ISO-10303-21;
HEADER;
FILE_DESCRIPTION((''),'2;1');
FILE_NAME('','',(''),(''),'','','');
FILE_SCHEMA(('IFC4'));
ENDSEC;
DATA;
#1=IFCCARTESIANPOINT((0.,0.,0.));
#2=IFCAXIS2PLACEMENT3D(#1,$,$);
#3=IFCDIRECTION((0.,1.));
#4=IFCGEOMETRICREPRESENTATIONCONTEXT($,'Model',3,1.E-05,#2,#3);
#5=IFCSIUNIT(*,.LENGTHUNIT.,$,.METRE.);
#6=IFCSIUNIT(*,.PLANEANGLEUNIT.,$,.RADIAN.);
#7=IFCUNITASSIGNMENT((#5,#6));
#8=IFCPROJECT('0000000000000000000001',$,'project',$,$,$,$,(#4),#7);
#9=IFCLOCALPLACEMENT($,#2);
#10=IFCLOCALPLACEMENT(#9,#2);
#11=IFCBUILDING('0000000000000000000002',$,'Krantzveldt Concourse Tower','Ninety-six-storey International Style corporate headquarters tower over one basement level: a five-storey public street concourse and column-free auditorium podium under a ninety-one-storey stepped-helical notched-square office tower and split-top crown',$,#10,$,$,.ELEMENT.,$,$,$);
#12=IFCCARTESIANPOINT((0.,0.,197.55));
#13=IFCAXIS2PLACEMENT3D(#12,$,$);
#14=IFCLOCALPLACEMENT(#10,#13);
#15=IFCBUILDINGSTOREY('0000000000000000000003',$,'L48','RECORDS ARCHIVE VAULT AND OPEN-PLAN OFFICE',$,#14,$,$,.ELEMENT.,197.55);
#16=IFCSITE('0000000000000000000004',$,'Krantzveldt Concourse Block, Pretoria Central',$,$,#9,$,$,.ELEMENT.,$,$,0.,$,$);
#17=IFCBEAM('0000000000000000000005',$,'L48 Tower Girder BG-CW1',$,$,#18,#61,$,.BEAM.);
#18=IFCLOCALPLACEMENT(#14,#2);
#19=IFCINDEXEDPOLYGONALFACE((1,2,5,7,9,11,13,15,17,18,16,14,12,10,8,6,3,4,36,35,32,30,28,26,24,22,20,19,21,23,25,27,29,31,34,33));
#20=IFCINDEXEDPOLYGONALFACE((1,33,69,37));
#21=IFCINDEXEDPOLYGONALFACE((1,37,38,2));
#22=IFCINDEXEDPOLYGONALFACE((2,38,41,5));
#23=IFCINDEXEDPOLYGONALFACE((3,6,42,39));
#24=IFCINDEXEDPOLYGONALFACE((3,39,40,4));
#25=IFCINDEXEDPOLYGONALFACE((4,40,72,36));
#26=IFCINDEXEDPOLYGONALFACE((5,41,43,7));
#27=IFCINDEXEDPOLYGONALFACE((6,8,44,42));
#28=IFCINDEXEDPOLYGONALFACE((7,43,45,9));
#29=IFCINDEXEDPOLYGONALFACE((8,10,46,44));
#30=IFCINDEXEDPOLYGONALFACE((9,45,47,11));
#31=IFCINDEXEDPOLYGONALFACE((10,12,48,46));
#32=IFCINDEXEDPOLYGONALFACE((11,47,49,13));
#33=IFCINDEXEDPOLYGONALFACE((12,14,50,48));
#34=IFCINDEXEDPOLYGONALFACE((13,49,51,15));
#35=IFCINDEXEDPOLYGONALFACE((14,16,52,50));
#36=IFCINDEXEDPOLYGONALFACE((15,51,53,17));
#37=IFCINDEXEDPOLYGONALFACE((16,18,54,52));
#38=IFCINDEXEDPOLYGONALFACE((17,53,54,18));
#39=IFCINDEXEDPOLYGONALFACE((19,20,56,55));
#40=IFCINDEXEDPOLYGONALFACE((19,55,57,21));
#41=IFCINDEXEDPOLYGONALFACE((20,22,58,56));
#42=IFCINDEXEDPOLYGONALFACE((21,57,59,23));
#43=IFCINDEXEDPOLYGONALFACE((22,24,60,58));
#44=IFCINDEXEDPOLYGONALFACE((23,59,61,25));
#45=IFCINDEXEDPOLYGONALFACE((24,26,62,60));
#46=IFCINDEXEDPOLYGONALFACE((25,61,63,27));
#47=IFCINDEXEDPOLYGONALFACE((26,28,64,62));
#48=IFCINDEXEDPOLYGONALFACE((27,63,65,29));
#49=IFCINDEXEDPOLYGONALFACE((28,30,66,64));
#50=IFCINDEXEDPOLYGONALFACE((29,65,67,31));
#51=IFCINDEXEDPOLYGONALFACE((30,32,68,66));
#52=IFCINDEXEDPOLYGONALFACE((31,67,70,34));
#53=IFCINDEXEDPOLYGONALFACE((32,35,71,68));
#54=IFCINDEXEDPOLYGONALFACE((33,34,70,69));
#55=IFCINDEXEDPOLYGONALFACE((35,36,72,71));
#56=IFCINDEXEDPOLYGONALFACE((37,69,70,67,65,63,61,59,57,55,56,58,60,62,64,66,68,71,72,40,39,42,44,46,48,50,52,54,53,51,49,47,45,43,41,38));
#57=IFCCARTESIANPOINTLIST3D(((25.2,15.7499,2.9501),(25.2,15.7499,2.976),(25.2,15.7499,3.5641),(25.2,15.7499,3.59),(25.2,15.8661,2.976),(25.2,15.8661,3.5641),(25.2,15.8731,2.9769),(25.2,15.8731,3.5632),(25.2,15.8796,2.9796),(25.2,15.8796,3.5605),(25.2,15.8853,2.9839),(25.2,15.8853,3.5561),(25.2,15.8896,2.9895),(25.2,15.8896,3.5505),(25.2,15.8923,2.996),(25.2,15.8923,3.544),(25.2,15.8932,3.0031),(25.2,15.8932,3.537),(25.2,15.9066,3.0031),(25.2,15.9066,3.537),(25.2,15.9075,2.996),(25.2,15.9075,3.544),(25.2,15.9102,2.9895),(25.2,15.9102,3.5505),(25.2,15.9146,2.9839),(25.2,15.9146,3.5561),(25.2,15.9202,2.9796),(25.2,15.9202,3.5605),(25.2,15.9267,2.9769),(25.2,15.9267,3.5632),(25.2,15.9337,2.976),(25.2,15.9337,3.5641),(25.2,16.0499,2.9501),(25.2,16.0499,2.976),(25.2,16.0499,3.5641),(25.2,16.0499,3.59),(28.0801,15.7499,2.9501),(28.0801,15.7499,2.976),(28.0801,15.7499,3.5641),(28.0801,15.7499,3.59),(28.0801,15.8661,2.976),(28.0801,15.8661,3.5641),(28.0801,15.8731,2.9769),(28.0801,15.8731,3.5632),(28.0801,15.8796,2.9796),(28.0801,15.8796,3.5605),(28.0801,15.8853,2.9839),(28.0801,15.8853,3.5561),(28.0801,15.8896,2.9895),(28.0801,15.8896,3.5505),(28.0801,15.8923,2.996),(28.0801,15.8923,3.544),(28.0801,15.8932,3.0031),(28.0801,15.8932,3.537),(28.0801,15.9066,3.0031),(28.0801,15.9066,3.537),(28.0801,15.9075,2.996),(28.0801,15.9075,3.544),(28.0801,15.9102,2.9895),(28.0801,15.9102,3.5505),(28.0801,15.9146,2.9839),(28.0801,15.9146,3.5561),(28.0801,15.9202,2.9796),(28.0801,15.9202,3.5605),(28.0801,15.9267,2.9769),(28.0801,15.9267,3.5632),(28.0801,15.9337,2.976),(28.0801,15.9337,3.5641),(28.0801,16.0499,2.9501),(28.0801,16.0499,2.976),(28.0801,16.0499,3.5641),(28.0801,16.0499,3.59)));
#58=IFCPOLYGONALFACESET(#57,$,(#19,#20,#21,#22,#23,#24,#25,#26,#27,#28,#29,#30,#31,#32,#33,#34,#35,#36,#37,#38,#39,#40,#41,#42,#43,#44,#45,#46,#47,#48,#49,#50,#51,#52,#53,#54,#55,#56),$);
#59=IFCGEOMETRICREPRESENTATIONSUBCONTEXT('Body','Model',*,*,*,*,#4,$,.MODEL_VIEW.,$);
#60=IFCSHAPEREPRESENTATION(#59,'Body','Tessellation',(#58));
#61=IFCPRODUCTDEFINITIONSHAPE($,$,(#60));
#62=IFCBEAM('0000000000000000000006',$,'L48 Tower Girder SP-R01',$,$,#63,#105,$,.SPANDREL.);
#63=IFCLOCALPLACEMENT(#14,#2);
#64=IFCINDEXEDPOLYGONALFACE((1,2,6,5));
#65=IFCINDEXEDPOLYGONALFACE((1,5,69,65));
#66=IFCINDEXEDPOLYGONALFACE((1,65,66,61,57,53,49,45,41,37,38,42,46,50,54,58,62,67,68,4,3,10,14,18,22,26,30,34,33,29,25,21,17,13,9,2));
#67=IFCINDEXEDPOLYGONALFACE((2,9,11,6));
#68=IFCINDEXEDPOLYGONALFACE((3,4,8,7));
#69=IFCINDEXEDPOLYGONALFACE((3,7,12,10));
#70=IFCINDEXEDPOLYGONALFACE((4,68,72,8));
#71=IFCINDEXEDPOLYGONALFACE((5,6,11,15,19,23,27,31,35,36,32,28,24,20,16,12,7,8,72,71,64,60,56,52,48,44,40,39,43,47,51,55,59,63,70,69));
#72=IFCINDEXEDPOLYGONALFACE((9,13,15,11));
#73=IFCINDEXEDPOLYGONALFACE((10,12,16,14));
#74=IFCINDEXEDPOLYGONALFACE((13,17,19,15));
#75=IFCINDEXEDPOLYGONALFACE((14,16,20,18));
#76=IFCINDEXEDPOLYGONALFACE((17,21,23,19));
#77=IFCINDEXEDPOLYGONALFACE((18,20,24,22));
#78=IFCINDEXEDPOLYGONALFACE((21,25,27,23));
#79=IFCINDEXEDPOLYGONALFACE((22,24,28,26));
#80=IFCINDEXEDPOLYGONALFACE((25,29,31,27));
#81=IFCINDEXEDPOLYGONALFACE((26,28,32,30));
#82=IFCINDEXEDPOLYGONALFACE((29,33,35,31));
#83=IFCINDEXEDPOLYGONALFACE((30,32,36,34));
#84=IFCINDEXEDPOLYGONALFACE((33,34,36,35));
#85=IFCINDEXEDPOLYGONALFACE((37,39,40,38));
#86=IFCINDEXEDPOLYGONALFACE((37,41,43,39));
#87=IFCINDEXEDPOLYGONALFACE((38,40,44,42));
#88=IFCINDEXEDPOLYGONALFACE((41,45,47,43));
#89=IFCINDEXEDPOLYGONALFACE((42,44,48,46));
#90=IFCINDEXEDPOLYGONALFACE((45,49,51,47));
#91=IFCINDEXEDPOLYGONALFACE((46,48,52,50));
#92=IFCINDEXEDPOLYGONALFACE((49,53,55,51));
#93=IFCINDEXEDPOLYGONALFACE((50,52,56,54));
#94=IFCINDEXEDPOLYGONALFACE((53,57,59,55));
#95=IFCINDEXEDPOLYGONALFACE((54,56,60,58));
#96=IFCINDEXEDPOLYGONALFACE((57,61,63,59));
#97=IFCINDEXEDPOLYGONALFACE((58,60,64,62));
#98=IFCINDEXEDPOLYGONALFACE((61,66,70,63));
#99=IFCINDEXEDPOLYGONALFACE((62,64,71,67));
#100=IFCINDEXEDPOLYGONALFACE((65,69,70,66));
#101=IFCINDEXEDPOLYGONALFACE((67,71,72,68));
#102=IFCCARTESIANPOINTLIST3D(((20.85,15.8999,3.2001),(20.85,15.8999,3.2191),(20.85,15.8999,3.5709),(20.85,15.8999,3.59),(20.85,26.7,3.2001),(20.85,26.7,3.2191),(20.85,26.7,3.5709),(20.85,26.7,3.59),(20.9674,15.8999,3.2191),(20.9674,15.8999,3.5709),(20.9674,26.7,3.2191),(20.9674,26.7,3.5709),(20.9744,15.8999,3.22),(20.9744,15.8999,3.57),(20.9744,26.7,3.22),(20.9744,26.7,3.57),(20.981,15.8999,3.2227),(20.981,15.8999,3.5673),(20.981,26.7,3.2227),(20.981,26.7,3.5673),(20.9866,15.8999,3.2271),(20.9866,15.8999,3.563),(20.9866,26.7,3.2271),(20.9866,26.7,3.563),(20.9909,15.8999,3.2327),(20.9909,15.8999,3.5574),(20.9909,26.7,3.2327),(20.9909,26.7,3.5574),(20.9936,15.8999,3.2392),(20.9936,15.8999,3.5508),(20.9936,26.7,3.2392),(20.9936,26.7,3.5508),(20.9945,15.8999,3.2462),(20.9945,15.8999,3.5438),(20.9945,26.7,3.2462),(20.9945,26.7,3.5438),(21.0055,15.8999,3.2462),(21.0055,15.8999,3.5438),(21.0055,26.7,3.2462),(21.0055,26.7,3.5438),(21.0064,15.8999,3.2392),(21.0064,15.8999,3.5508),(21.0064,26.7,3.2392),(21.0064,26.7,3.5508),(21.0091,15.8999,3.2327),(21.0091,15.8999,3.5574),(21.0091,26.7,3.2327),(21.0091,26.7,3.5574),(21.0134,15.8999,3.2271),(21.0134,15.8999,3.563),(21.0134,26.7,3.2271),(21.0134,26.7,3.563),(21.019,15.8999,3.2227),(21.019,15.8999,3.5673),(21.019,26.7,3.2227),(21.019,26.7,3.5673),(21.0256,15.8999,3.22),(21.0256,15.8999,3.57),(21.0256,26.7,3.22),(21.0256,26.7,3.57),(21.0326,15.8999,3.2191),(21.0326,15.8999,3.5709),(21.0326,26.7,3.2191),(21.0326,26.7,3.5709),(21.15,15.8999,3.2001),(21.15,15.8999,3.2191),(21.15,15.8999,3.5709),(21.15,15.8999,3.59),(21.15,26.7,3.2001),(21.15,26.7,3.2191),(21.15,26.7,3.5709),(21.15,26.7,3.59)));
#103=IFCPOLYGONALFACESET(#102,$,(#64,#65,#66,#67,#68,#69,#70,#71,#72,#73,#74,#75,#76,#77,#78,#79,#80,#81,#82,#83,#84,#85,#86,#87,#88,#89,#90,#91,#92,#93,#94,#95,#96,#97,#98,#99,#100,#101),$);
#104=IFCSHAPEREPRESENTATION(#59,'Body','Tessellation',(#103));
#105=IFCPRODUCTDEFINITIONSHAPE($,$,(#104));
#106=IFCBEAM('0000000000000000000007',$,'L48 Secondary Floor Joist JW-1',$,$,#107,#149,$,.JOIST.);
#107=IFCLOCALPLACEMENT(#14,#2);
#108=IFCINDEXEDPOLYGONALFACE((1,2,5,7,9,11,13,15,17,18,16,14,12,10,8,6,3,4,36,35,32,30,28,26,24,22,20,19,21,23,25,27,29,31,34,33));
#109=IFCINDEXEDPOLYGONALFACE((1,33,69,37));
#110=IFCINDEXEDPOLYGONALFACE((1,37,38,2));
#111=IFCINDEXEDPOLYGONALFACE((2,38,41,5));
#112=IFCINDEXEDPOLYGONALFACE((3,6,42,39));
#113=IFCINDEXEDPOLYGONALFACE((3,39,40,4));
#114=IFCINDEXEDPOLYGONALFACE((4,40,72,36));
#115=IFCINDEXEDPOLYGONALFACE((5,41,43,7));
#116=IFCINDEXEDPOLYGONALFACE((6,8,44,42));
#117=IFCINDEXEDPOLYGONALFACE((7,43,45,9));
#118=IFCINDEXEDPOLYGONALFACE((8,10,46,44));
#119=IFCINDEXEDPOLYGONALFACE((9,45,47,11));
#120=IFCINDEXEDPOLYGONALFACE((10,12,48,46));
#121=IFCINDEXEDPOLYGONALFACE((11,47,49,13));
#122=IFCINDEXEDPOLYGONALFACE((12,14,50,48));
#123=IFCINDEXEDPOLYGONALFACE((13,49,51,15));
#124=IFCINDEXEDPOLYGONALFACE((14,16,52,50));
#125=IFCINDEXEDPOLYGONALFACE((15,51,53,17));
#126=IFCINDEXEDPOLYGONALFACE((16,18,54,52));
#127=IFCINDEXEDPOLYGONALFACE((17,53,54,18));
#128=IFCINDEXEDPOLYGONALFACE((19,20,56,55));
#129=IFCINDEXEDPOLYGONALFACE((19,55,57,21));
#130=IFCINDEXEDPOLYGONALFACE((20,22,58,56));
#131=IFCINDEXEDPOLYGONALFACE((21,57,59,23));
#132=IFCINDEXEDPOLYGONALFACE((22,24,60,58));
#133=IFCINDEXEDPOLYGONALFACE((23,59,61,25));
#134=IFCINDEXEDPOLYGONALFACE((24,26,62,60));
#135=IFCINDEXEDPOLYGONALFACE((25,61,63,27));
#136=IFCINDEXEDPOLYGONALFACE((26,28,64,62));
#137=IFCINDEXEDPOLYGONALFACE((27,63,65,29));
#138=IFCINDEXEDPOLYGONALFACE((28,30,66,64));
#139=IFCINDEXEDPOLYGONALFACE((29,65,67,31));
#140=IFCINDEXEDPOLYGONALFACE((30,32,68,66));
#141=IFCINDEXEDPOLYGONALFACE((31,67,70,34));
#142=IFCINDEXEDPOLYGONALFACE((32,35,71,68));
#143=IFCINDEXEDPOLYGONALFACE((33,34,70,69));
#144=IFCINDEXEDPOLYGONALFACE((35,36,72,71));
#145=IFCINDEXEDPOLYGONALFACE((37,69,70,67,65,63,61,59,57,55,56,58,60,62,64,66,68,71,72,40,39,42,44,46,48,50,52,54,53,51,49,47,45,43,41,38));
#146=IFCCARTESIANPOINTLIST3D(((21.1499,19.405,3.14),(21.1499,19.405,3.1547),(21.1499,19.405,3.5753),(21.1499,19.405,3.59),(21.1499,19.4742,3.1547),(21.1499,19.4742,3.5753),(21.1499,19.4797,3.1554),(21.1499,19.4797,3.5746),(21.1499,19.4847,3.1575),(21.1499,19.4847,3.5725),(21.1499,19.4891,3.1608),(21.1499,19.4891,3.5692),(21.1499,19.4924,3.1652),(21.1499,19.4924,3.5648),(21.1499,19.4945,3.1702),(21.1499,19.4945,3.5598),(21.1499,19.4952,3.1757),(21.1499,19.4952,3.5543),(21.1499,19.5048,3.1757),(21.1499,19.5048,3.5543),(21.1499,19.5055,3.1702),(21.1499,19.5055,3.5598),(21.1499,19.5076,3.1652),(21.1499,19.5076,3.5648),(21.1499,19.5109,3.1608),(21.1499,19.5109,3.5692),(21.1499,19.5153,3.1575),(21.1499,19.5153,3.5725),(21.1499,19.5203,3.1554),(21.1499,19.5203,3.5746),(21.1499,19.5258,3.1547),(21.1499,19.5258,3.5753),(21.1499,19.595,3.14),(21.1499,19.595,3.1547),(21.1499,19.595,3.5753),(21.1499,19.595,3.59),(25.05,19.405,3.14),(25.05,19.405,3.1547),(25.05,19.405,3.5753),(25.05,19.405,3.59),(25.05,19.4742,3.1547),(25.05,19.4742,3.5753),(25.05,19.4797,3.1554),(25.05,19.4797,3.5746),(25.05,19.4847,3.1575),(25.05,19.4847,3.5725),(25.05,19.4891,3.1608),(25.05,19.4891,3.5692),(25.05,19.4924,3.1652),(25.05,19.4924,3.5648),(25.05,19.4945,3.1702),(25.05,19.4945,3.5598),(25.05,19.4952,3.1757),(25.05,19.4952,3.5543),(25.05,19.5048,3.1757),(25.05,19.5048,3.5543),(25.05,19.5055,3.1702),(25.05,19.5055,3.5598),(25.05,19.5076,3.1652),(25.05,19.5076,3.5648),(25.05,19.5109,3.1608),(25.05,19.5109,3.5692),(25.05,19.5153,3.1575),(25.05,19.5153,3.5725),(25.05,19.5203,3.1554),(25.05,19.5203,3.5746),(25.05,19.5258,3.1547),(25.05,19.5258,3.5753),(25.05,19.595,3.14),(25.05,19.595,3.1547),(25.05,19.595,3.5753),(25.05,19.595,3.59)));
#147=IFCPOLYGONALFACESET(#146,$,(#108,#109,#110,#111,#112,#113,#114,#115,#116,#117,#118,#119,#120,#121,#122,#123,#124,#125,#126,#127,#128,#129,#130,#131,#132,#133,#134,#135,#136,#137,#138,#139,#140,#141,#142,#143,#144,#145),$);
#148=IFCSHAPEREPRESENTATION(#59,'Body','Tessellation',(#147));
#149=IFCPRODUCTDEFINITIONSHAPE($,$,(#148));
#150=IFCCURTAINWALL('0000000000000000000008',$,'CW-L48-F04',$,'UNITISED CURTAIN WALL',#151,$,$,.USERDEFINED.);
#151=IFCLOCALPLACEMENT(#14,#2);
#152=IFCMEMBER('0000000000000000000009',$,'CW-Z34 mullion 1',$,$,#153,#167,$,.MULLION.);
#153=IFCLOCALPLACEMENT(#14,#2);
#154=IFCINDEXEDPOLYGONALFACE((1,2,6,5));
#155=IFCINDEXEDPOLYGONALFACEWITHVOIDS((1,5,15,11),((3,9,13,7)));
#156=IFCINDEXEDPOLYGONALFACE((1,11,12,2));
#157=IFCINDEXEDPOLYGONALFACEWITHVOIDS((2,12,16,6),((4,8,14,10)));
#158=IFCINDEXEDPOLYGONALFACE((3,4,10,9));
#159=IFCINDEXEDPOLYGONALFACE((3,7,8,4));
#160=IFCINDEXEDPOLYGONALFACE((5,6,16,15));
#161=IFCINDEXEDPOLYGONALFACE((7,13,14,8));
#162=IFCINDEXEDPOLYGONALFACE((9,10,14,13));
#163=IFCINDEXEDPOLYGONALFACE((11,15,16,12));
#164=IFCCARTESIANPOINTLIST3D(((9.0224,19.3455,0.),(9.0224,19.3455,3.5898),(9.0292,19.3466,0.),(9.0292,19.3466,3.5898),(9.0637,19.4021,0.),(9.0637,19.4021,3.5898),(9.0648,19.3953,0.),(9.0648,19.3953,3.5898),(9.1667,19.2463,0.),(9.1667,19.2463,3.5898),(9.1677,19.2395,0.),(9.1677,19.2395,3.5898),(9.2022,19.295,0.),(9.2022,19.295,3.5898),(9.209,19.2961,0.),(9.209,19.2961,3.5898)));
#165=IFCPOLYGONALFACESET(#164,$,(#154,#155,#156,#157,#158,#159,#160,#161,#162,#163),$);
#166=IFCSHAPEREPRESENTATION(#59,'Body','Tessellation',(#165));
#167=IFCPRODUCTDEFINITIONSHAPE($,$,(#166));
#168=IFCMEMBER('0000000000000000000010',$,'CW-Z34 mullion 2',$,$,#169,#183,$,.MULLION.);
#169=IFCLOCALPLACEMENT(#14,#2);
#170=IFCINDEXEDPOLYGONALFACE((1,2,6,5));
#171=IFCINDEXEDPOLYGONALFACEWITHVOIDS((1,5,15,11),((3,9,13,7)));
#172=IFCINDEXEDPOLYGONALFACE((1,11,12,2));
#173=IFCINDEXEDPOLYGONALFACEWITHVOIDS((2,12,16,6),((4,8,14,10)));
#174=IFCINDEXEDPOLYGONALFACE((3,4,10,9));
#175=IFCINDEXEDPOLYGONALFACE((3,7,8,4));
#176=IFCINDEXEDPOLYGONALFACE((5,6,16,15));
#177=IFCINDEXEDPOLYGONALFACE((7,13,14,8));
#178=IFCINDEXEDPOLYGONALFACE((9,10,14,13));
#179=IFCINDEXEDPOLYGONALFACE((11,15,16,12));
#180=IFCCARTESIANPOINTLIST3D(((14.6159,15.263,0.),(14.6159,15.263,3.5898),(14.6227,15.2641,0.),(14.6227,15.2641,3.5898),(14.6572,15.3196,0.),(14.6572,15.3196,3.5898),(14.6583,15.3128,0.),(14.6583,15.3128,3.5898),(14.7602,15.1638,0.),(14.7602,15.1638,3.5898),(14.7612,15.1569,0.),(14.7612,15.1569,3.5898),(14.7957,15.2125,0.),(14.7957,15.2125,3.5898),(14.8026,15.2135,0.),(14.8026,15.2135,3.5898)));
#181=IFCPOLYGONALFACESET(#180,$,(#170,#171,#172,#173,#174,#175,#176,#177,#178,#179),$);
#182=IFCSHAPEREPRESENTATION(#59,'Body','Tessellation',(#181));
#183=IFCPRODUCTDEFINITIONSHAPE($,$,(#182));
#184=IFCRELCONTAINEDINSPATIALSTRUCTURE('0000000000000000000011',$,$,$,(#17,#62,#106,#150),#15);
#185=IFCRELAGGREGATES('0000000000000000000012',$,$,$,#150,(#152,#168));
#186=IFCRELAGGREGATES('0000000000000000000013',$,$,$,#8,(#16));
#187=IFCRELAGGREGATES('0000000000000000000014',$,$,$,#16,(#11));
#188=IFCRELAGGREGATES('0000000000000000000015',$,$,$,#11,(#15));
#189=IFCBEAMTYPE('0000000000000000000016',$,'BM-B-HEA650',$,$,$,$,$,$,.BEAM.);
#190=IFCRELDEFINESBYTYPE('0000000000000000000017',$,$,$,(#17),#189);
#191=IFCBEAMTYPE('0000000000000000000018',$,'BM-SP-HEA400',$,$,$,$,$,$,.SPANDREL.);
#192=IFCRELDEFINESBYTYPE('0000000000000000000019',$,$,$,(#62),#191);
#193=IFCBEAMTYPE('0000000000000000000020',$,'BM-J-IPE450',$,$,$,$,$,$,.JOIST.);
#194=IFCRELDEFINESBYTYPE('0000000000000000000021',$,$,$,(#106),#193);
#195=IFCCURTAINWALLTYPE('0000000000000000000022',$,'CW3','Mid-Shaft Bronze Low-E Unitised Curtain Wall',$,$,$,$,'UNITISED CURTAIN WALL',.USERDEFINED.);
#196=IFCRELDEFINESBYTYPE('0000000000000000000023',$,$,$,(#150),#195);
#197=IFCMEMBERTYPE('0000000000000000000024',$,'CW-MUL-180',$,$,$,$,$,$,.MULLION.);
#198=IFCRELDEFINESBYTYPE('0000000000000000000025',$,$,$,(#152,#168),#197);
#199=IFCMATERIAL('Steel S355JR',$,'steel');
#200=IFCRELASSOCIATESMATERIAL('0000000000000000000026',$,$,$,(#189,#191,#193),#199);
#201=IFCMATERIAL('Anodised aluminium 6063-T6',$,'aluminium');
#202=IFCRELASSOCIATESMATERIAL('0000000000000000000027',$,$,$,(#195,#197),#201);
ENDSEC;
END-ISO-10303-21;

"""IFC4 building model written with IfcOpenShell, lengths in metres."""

from ifc_helpers import new_model, si_unit, direction, frame, origin, origin_2d, place, context, subcontext, project, spatial, hollow_rectangle, i_section, extrude, source, transform, mapped, material, material_profile, profile_set, type_object, type_shapes, element, aggregate, save


model = new_model("IFC4")

# Units and contexts
model_context = context("Model", 3, precision=1e-05, world=origin(), true_north=direction((0.0, 1.0)))
body_context = subcontext(model_context, "Body", "Model", "MODEL_VIEW")
ifc_project = project(units=[si_unit("LENGTHUNIT", "METRE"), si_unit("PLANEANGLEUNIT", "RADIAN")], contexts=[model_context])

# Site, building, storey
site_placement = place(None, origin())
site = spatial("IfcSite", under=ifc_project, at=site_placement, Name="Krantzveldt Concourse Block, Pretoria Central", CompositionType="ELEMENT", RefElevation=0.0)
building_placement = place(site_placement, origin())
building = spatial("IfcBuilding", under=site, at=building_placement, Name="Krantzveldt Concourse Tower", Description="Ninety-six-storey International Style corporate headquarters tower over one basement level: a five-storey public street concourse and column-free auditorium podium under a ninety-one-storey stepped-helical notched-square office tower and split-top crown", CompositionType="ELEMENT")
storey_placement = place(building_placement, frame((0.0, 0.0, 197.55)))
storey = spatial("IfcBuildingStorey", under=building, at=storey_placement, Name="L48", Description="RECORDS ARCHIVE VAULT AND OPEN-PLAN OFFICE", CompositionType="ELEMENT", Elevation=197.55)

# Beams
ifc_material_1 = material(Name="Steel S355JR", Category="steel")
ifc_material_profile_1 = material_profile(ifc_material_1, i_section(OverallWidth=0.3, OverallDepth=0.6399, WebThickness=0.0134, FlangeThickness=0.0259, FilletRadius=0.0271, at=origin_2d()), Name="Steel S355JR", Category="steel")
ifc_profile_set_1 = profile_set([ifc_material_profile_1], Name="Steel S355JR - HEA 650")
beam_type_1 = type_object("IfcBeamType", Name="BM-B-HEA650", PredefinedType="BEAM", material=ifc_profile_set_1)
shared_shape_1 = source(origin(), body_context, "Body", "SweptSolid", [
    extrude(i_section(OverallWidth=0.3, OverallDepth=0.6399, WebThickness=0.0134, FlangeThickness=0.0259, FilletRadius=0.0271, at=origin_2d()), origin(), (0.0, 0.0, 1.0), 2.8801),
])
beam_1_placement = place(storey_placement, frame((25.2, 15.8999, 3.27), z_axis=(1.0, 0.0, 0.0), x_axis=(0.0, 1.0, 0.0)))
element("IfcBeam", 1, at=beam_1_placement, inside=storey, type_object=beam_type_1, Name="L48 Tower Girder BG-CW1", PredefinedType="BEAM", context=body_context, shape_type="MappedRepresentation", body=[
    mapped(shared_shape_1, transform((0.0, 0.0, 0.0), x_axis=(1.0, 0.0, 0.0), y_axis=(0.0, 1.0, 0.0), z_axis=(0.0, 0.0, 1.0), scale=1.0)),
])
ifc_material_profile_2 = material_profile(ifc_material_1, i_section(OverallWidth=0.3, OverallDepth=0.3899, WebThickness=0.011, FlangeThickness=0.019, FilletRadius=0.0271, at=origin_2d()), Name="Steel S355JR", Category="steel")
ifc_profile_set_2 = profile_set([ifc_material_profile_2], Name="Steel S355JR - HEA 400")
beam_type_2 = type_object("IfcBeamType", Name="BM-SP-HEA400", PredefinedType="SPANDREL", material=ifc_profile_set_2)
shared_shape_2 = source(origin(), body_context, "Body", "SweptSolid", [
    extrude(i_section(OverallWidth=0.3, OverallDepth=0.3899, WebThickness=0.011, FlangeThickness=0.019, FilletRadius=0.0271, at=origin_2d()), origin(), (0.0, 0.0, 1.0), 10.8),
])
type_shapes(beam_type_2, [shared_shape_2])
beam_2_placement = place(storey_placement, frame((21.0, 15.8999, 3.395), z_axis=(0.0, 1.0, 0.0), x_axis=(-1.0, 0.0, 0.0)))
element("IfcBeam", 2, at=beam_2_placement, inside=storey, type_object=beam_type_2, Name="L48 Tower Girder SP-R01", PredefinedType="SPANDREL", context=body_context, shape_type="MappedRepresentation", body=[
    mapped(shared_shape_2, transform((0.0, 0.0, 0.0), x_axis=(1.0, 0.0, 0.0), y_axis=(0.0, 1.0, 0.0), z_axis=(0.0, 0.0, 1.0), scale=1.0)),
])
ifc_material_profile_3 = material_profile(ifc_material_1, i_section(OverallWidth=0.1899, OverallDepth=0.45, WebThickness=0.0095, FlangeThickness=0.0146, FilletRadius=0.021, at=origin_2d()), Name="Steel S355JR", Category="steel")
ifc_profile_set_3 = profile_set([ifc_material_profile_3], Name="Steel S355JR - IPE 450")
beam_type_3 = type_object("IfcBeamType", Name="BM-J-IPE450", PredefinedType="JOIST", material=ifc_profile_set_3)
shared_shape_3 = source(origin(), body_context, "Body", "SweptSolid", [
    extrude(i_section(OverallWidth=0.1899, OverallDepth=0.45, WebThickness=0.0095, FlangeThickness=0.0146, FilletRadius=0.021, at=origin_2d()), origin(), (0.0, 0.0, 1.0), 3.9001),
])
type_shapes(beam_type_3, [shared_shape_3])
beam_3_placement = place(storey_placement, frame((21.1499, 19.5, 3.365), z_axis=(1.0, 0.0, 0.0), x_axis=(0.0, 1.0, 0.0)))
element("IfcBeam", 3, at=beam_3_placement, inside=storey, type_object=beam_type_3, Name="L48 Secondary Floor Joist JW-1", PredefinedType="JOIST", context=body_context, shape_type="MappedRepresentation", body=[
    mapped(shared_shape_3, transform((0.0, 0.0, 0.0), x_axis=(1.0, 0.0, 0.0), y_axis=(0.0, 1.0, 0.0), z_axis=(0.0, 0.0, 1.0), scale=1.0)),
])

# Curtain wall, members
ifc_material_2 = material(Name="Anodised aluminium 6063-T6", Category="aluminium")
curtain_wall_type = type_object("IfcCurtainWallType", Name="CW3", Description="Mid-Shaft Bronze Low-E Unitised Curtain Wall", ElementType="UNITISED CURTAIN WALL", PredefinedType="USERDEFINED", material=ifc_material_2)
curtain_wall_placement = place(storey_placement, origin())
curtain_wall = element("IfcCurtainWall", 4, at=curtain_wall_placement, inside=storey, type_object=curtain_wall_type, Name="CW-L48-F04", ObjectType="UNITISED CURTAIN WALL", PredefinedType="USERDEFINED")
ifc_material_profile_4 = material_profile(ifc_material_2, hollow_rectangle(XDim=0.0701, YDim=0.1799, WallThickness=0.0049, at=origin_2d()), Name="Anodised aluminium 6063-T6", Category="aluminium")
ifc_profile_set_4 = profile_set([ifc_material_profile_4], Name="Anodised aluminium 6063-T6 - ALU-MULL 180x70x5")
member_type_1 = type_object("IfcMemberType", Name="CW-MUL-180", PredefinedType="MULLION", material=ifc_profile_set_4)
shared_shape_4 = source(origin(), body_context, "Body", "SweptSolid", [
    extrude(hollow_rectangle(XDim=0.0701, YDim=0.1799, WallThickness=0.0049, at=origin_2d()), origin(), (0.0, 0.0, 1.0), 3.5898),
])
type_shapes(member_type_1, [shared_shape_4])
member_1_placement = place(storey_placement, frame((9.1157, 19.3208, 0.0), z_axis=(0.0, 0.0, 1.0), x_axis=(0.589549, 0.807733, 0.0)))
member_1 = element("IfcMember", 5, at=member_1_placement, type_object=member_type_1, Name="CW-Z34 mullion 1", PredefinedType="MULLION", context=body_context, shape_type="MappedRepresentation", body=[
    mapped(shared_shape_4, transform((0.0, 0.0, 0.0), x_axis=(1.0, 0.0, 0.0), y_axis=(0.0, 1.0, 0.0), z_axis=(0.0, 0.0, 1.0), scale=1.0)),
])
member_2_placement = place(storey_placement, frame((14.7092, 15.2383, 0.0), z_axis=(0.0, 0.0, 1.0), x_axis=(0.589549, 0.807733, 0.0)))
member_2 = element("IfcMember", 6, at=member_2_placement, type_object=member_type_1, Name="CW-Z34 mullion 2", PredefinedType="MULLION", context=body_context, shape_type="MappedRepresentation", body=[
    mapped(shared_shape_4, transform((0.0, 0.0, 0.0), x_axis=(1.0, 0.0, 0.0), y_axis=(0.0, 1.0, 0.0), z_axis=(0.0, 0.0, 1.0), scale=1.0)),
])

aggregate(curtain_wall, [member_1, member_2])

save(model, "model.ifc")
